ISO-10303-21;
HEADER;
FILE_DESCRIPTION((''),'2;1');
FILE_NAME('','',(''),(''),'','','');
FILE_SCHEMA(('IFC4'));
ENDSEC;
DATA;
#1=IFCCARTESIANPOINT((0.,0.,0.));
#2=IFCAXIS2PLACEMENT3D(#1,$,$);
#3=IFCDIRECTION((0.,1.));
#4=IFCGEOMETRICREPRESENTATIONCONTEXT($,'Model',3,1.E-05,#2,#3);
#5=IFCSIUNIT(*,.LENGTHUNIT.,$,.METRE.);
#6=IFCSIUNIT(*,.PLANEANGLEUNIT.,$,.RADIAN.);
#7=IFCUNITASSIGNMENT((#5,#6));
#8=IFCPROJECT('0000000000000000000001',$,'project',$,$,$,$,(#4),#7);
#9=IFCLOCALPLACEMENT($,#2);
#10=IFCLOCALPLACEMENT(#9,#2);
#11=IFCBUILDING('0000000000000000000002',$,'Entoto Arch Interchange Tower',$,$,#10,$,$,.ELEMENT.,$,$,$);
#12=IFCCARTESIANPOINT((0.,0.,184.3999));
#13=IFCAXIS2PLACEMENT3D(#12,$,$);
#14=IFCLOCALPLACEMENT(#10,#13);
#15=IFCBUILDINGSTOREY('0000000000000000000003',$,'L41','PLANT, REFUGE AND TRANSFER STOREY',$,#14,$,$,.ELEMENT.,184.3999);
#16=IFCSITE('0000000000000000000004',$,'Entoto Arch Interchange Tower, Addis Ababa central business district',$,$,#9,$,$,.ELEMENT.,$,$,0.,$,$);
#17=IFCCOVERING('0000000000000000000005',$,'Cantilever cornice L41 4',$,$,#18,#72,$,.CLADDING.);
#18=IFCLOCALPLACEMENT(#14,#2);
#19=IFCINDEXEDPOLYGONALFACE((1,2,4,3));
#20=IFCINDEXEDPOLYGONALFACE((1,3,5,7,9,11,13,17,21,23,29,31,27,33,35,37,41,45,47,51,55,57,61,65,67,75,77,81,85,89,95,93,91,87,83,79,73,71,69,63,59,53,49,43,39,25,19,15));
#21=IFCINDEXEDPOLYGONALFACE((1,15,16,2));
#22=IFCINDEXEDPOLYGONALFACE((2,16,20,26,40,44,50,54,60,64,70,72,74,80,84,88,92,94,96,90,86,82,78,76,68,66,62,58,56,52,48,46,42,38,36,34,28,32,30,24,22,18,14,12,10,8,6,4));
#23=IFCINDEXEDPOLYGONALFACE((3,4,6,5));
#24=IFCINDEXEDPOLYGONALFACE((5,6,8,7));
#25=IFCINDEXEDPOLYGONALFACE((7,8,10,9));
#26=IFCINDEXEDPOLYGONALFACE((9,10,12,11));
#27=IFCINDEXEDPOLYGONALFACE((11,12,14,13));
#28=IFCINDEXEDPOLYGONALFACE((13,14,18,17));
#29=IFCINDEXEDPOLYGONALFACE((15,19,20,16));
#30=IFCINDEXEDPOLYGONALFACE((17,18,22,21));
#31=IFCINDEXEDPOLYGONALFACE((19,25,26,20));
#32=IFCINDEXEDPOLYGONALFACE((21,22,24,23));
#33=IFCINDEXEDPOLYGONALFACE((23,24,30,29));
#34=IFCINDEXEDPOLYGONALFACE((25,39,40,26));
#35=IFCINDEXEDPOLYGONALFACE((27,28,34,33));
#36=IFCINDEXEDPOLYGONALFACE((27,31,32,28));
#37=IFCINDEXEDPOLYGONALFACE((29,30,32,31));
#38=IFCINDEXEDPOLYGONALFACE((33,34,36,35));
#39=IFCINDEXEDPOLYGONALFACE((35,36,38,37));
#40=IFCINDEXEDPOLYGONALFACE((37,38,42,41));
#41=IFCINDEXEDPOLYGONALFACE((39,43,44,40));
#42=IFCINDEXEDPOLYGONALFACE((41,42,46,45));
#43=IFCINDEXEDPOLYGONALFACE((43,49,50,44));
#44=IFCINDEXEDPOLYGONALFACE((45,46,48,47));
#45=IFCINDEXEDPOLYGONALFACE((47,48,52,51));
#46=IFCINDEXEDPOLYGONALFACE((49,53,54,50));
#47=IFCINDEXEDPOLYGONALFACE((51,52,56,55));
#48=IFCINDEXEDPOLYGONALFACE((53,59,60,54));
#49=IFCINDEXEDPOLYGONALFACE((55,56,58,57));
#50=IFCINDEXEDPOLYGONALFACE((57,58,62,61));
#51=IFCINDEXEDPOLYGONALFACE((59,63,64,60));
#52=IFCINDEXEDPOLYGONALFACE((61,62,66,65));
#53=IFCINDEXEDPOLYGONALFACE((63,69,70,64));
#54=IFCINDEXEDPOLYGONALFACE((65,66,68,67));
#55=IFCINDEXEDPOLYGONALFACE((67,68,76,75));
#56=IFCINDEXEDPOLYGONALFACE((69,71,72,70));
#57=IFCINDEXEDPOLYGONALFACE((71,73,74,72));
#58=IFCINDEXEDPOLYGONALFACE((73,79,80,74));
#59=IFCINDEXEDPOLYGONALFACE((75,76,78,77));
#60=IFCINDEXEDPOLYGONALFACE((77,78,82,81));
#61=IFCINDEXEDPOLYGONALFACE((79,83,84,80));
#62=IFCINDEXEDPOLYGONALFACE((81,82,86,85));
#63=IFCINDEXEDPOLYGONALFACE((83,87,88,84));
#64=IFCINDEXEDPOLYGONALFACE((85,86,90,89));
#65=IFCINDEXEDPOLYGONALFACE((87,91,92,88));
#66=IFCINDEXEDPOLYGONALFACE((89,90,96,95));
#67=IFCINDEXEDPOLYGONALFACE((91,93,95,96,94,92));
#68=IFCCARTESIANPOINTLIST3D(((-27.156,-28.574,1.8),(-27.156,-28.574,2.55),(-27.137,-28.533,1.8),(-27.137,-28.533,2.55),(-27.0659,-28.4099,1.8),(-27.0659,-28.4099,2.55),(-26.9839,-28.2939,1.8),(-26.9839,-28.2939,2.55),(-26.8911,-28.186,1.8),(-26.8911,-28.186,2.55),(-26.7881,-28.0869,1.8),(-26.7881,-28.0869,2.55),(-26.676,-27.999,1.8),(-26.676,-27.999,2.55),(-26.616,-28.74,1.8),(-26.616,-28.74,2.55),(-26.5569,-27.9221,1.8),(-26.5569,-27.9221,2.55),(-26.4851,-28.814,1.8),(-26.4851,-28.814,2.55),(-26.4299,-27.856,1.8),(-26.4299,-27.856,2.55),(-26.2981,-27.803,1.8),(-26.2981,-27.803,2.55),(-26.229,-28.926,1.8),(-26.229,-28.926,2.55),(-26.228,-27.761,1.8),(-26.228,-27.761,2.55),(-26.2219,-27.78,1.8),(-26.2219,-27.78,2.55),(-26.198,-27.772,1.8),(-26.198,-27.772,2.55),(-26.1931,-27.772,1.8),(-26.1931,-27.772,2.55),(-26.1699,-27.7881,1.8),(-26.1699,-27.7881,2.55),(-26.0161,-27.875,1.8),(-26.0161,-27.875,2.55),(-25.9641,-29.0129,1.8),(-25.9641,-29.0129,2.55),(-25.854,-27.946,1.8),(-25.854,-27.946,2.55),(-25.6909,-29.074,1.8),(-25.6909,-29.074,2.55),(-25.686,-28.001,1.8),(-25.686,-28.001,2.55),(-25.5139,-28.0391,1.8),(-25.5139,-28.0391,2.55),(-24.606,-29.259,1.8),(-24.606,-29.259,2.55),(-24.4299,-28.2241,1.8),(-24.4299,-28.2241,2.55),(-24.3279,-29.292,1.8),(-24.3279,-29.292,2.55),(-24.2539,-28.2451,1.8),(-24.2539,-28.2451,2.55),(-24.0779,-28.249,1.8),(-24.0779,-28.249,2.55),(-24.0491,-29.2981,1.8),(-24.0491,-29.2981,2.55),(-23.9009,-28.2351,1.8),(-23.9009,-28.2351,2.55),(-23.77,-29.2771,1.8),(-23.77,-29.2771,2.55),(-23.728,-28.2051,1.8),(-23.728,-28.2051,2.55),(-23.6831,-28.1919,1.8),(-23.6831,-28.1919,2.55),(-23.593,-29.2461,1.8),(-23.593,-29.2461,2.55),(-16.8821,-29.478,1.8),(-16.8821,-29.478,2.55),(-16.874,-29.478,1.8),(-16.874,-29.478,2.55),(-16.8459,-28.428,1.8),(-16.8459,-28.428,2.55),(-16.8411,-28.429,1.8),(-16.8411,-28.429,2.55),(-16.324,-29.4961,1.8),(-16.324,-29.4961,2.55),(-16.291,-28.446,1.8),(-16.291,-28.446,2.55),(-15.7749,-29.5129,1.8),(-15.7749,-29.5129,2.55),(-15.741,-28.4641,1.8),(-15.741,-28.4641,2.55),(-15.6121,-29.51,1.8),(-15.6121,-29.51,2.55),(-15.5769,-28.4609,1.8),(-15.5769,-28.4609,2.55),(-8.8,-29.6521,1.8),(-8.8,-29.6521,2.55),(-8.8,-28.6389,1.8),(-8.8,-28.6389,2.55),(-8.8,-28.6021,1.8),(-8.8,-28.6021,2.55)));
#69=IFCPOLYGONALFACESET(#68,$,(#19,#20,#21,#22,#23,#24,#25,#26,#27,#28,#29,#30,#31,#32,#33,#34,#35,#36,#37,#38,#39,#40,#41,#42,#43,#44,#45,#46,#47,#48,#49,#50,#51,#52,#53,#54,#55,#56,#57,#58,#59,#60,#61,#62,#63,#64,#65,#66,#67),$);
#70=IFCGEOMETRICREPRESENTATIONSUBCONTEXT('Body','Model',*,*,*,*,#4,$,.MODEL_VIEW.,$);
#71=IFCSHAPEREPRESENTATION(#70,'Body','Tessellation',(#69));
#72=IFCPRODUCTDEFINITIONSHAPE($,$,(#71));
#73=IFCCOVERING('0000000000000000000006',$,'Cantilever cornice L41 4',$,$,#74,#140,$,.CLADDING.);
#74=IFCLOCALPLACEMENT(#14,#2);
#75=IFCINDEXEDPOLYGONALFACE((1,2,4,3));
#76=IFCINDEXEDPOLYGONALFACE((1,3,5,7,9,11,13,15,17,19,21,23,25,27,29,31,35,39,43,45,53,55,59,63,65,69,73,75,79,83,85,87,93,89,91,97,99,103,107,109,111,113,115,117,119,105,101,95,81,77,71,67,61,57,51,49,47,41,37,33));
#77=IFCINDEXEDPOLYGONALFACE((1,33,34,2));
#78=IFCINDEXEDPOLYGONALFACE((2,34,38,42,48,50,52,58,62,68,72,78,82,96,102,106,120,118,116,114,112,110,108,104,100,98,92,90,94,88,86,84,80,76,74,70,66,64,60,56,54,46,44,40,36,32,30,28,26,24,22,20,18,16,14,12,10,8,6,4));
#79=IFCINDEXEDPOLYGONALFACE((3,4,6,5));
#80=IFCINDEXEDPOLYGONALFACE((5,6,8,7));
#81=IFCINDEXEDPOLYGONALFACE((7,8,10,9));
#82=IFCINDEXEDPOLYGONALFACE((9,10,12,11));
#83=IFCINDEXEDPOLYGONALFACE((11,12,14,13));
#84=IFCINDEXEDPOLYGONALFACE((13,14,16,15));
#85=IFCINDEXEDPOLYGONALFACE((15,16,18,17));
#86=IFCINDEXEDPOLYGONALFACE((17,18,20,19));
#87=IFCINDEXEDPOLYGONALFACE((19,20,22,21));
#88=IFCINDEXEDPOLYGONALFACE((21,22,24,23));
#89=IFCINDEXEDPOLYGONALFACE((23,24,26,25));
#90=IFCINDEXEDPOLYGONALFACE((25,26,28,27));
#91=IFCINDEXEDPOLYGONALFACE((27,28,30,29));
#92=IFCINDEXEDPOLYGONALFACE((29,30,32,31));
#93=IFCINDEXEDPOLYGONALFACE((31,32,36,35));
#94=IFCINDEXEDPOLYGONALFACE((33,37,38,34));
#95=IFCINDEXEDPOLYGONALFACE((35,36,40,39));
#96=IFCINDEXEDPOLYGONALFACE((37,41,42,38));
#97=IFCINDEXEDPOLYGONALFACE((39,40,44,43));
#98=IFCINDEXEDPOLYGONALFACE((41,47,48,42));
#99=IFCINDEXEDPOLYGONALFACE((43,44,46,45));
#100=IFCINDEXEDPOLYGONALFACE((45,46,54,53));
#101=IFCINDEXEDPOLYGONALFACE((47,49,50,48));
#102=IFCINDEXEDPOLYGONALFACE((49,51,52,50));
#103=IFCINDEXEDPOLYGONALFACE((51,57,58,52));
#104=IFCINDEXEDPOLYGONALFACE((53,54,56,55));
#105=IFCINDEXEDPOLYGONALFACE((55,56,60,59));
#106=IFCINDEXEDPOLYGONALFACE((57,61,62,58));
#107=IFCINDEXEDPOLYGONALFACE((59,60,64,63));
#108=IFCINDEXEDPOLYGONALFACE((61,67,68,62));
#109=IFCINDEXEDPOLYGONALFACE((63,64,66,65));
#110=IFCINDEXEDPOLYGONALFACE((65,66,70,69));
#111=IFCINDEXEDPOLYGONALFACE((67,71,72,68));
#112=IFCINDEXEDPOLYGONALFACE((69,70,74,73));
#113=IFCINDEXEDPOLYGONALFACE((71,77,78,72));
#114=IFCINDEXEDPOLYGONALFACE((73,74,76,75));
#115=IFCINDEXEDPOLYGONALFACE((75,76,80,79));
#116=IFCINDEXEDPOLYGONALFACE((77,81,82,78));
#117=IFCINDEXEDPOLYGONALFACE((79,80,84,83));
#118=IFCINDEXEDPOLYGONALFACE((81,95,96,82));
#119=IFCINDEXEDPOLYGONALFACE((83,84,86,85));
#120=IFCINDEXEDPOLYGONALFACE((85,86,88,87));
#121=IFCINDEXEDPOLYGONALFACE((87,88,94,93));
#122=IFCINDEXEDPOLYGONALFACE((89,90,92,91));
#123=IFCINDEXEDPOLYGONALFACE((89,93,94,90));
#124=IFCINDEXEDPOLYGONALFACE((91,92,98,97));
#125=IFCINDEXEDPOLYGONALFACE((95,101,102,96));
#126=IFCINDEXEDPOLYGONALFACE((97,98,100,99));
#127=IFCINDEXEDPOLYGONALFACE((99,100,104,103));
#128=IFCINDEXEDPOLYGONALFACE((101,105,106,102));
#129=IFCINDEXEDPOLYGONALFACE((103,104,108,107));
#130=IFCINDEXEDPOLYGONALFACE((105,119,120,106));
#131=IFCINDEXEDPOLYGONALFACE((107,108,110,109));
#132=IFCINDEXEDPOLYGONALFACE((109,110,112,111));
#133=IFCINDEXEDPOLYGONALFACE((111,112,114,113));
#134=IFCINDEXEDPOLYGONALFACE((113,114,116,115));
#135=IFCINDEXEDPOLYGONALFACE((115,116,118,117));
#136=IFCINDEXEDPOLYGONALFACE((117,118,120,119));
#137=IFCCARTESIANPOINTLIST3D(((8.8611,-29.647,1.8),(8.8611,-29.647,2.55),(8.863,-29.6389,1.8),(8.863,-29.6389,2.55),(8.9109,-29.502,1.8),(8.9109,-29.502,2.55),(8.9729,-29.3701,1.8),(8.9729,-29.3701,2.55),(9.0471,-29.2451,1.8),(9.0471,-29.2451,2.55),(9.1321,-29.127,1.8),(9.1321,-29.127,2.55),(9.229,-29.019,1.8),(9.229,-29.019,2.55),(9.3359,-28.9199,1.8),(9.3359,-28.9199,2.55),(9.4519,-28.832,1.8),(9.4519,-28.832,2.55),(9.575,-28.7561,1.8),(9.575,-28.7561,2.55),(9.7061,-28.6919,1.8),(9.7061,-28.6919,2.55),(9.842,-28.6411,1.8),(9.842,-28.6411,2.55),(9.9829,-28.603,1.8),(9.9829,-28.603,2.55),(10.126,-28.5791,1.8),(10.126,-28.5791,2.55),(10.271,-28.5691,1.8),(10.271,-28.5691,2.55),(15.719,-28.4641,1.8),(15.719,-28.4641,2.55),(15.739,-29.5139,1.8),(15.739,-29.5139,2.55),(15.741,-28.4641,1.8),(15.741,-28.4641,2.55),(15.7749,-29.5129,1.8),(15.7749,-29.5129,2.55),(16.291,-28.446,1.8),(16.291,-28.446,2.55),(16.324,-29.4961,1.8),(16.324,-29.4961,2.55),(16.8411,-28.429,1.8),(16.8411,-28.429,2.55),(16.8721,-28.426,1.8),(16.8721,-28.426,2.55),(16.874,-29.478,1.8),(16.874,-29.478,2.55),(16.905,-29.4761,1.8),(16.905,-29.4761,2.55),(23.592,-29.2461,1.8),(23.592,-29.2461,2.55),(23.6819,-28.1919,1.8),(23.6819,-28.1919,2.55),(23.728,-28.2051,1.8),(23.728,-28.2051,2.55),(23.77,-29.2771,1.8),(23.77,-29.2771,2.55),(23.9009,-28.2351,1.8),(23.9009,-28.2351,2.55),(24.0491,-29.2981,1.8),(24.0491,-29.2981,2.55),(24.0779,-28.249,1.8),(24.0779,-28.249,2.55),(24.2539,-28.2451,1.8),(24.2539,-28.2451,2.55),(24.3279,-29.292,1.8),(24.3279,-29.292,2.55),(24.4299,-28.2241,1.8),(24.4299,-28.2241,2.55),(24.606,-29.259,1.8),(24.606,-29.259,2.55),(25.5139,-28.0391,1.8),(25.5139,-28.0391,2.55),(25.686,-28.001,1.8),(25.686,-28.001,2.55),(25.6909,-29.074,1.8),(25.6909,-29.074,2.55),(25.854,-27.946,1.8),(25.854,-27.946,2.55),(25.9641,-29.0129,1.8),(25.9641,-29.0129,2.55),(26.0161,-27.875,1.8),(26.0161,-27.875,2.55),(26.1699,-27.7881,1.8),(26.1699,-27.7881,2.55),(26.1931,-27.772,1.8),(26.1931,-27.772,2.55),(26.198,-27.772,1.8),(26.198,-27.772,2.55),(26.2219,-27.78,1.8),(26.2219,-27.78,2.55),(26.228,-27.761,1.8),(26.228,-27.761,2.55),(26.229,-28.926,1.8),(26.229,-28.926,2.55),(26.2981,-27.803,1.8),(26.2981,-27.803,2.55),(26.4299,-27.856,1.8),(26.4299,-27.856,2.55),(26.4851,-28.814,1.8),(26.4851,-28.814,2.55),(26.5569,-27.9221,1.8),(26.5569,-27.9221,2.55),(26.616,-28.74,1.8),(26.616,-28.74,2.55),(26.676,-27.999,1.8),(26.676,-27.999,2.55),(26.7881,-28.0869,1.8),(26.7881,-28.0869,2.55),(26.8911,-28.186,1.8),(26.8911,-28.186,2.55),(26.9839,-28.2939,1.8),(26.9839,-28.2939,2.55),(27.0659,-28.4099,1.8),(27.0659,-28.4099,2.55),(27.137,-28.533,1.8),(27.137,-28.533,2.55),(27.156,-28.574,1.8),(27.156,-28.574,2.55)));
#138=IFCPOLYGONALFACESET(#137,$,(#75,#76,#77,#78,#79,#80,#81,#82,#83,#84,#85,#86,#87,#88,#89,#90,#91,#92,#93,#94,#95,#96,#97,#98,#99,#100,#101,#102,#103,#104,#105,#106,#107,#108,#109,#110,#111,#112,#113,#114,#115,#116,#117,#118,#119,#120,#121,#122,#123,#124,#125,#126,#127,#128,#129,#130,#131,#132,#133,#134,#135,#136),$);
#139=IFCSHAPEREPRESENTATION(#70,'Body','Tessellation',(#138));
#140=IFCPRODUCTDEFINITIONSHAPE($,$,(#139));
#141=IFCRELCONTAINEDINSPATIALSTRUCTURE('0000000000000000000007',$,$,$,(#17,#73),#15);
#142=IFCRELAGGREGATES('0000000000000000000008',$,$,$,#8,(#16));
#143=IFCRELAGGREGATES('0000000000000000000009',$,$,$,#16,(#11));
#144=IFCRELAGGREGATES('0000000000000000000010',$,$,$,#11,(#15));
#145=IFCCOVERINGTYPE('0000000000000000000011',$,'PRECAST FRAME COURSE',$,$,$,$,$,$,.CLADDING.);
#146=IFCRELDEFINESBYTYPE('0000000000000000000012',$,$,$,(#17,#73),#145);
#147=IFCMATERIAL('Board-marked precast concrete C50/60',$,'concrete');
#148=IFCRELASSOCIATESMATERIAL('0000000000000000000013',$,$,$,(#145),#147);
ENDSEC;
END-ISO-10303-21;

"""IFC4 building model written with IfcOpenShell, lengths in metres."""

from ifc_helpers import new_model, si_unit, direction, frame, origin, place, context, subcontext, project, spatial, polyline, outline, extrude, material, type_object, element, save


model = new_model("IFC4")

# Units and contexts
model_context = context("Model", 3, precision=1e-05, world=origin(), true_north=direction((0.0, 1.0)))
body_context = subcontext(model_context, "Body", "Model", "MODEL_VIEW")
ifc_project = project(units=[si_unit("LENGTHUNIT", "METRE"), si_unit("PLANEANGLEUNIT", "RADIAN")], contexts=[model_context])

# Site, building, storey
site_placement = place(None, origin())
site = spatial("IfcSite", under=ifc_project, at=site_placement, Name="Entoto Arch Interchange Tower, Addis Ababa central business district", CompositionType="ELEMENT", RefElevation=0.0)
building_placement = place(site_placement, origin())
building = spatial("IfcBuilding", under=site, at=building_placement, Name="Entoto Arch Interchange Tower", CompositionType="ELEMENT")
storey_placement = place(building_placement, frame((0.0, 0.0, 184.3999)))
storey = spatial("IfcBuildingStorey", under=building, at=storey_placement, Name="L41", Description="PLANT, REFUGE AND TRANSFER STOREY", CompositionType="ELEMENT", Elevation=184.3999)

# Coverings
ifc_material_1 = material(Name="Board-marked precast concrete C50/60", Category="concrete")
covering_type_1 = type_object("IfcCoveringType", Name="PRECAST FRAME COURSE", PredefinedType="CLADDING", material=ifc_material_1)
covering_1_placement = place(storey_placement, frame((0.0, 0.0, 1.8)))
element("IfcCovering", 1, at=covering_1_placement, inside=storey, type_object=covering_type_1, Name="Cantilever cornice L41 4", PredefinedType="CLADDING", context=body_context, shape_type="SweptSolid", body=[
    extrude(outline(polyline([(-27.0659, -28.4099), (-26.9839, -28.2939), (-26.8911, -28.186), (-26.7881, -28.0869), (-26.676, -27.999), (-26.5569, -27.9221), (-26.4299, -27.856), (-26.2981, -27.803), (-26.2219, -27.78), (-26.198, -27.772), (-26.228, -27.761), (-26.1931, -27.772), (-26.1699, -27.7881), (-26.0161, -27.875), (-25.854, -27.946), (-25.686, -28.001), (-25.5139, -28.0391), (-24.4299, -28.2241), (-24.2539, -28.2451), (-24.0779, -28.249), (-23.9009, -28.2351), (-23.728, -28.2051), (-23.6831, -28.1919), (-16.8459, -28.428), (-16.8411, -28.429), (-16.291, -28.446), (-15.741, -28.4641), (-15.5769, -28.4609), (-8.8, -28.6021), (-8.8, -28.6389), (-8.8, -29.6521), (-15.6121, -29.51), (-15.7749, -29.5129), (-16.324, -29.4961), (-16.874, -29.478), (-16.8821, -29.478), (-23.593, -29.2461), (-23.77, -29.2771), (-24.0491, -29.2981), (-24.3279, -29.292), (-24.606, -29.259), (-25.6909, -29.074), (-25.9641, -29.0129), (-26.229, -28.926), (-26.4851, -28.814), (-26.616, -28.74), (-27.156, -28.574), (-27.137, -28.533), (-27.0659, -28.4099)])), origin(), (0.0, 0.0, 1.0), 0.75),
])
covering_2_placement = place(storey_placement, frame((0.0, 0.0, 1.8)))
element("IfcCovering", 2, at=covering_2_placement, inside=storey, type_object=covering_type_1, Name="Cantilever cornice L41 4", PredefinedType="CLADDING", context=body_context, shape_type="SweptSolid", body=[
    extrude(outline(polyline([(26.4299, -27.856), (26.5569, -27.9221), (26.676, -27.999), (26.7881, -28.0869), (26.8911, -28.186), (26.9839, -28.2939), (27.0659, -28.4099), (27.137, -28.533), (27.156, -28.574), (26.616, -28.74), (26.4851, -28.814), (26.229, -28.926), (25.9641, -29.0129), (25.6909, -29.074), (24.606, -29.259), (24.3279, -29.292), (24.0491, -29.2981), (23.77, -29.2771), (23.592, -29.2461), (16.905, -29.4761), (16.874, -29.478), (16.324, -29.4961), (15.7749, -29.5129), (15.739, -29.5139), (8.8611, -29.647), (8.863, -29.6389), (8.9109, -29.502), (8.9729, -29.3701), (9.0471, -29.2451), (9.1321, -29.127), (9.229, -29.019), (9.3359, -28.9199), (9.4519, -28.832), (9.575, -28.7561), (9.7061, -28.6919), (9.842, -28.6411), (9.9829, -28.603), (10.126, -28.5791), (10.271, -28.5691), (15.719, -28.4641), (15.741, -28.4641), (16.291, -28.446), (16.8411, -28.429), (16.8721, -28.426), (23.6819, -28.1919), (23.728, -28.2051), (23.9009, -28.2351), (24.0779, -28.249), (24.2539, -28.2451), (24.4299, -28.2241), (25.5139, -28.0391), (25.686, -28.001), (25.854, -27.946), (26.0161, -27.875), (26.1699, -27.7881), (26.1931, -27.772), (26.228, -27.761), (26.198, -27.772), (26.2219, -27.78), (26.2981, -27.803), (26.4299, -27.856)])), origin(), (0.0, 0.0, 1.0), 0.75),
])

save(model, "model.ifc")
